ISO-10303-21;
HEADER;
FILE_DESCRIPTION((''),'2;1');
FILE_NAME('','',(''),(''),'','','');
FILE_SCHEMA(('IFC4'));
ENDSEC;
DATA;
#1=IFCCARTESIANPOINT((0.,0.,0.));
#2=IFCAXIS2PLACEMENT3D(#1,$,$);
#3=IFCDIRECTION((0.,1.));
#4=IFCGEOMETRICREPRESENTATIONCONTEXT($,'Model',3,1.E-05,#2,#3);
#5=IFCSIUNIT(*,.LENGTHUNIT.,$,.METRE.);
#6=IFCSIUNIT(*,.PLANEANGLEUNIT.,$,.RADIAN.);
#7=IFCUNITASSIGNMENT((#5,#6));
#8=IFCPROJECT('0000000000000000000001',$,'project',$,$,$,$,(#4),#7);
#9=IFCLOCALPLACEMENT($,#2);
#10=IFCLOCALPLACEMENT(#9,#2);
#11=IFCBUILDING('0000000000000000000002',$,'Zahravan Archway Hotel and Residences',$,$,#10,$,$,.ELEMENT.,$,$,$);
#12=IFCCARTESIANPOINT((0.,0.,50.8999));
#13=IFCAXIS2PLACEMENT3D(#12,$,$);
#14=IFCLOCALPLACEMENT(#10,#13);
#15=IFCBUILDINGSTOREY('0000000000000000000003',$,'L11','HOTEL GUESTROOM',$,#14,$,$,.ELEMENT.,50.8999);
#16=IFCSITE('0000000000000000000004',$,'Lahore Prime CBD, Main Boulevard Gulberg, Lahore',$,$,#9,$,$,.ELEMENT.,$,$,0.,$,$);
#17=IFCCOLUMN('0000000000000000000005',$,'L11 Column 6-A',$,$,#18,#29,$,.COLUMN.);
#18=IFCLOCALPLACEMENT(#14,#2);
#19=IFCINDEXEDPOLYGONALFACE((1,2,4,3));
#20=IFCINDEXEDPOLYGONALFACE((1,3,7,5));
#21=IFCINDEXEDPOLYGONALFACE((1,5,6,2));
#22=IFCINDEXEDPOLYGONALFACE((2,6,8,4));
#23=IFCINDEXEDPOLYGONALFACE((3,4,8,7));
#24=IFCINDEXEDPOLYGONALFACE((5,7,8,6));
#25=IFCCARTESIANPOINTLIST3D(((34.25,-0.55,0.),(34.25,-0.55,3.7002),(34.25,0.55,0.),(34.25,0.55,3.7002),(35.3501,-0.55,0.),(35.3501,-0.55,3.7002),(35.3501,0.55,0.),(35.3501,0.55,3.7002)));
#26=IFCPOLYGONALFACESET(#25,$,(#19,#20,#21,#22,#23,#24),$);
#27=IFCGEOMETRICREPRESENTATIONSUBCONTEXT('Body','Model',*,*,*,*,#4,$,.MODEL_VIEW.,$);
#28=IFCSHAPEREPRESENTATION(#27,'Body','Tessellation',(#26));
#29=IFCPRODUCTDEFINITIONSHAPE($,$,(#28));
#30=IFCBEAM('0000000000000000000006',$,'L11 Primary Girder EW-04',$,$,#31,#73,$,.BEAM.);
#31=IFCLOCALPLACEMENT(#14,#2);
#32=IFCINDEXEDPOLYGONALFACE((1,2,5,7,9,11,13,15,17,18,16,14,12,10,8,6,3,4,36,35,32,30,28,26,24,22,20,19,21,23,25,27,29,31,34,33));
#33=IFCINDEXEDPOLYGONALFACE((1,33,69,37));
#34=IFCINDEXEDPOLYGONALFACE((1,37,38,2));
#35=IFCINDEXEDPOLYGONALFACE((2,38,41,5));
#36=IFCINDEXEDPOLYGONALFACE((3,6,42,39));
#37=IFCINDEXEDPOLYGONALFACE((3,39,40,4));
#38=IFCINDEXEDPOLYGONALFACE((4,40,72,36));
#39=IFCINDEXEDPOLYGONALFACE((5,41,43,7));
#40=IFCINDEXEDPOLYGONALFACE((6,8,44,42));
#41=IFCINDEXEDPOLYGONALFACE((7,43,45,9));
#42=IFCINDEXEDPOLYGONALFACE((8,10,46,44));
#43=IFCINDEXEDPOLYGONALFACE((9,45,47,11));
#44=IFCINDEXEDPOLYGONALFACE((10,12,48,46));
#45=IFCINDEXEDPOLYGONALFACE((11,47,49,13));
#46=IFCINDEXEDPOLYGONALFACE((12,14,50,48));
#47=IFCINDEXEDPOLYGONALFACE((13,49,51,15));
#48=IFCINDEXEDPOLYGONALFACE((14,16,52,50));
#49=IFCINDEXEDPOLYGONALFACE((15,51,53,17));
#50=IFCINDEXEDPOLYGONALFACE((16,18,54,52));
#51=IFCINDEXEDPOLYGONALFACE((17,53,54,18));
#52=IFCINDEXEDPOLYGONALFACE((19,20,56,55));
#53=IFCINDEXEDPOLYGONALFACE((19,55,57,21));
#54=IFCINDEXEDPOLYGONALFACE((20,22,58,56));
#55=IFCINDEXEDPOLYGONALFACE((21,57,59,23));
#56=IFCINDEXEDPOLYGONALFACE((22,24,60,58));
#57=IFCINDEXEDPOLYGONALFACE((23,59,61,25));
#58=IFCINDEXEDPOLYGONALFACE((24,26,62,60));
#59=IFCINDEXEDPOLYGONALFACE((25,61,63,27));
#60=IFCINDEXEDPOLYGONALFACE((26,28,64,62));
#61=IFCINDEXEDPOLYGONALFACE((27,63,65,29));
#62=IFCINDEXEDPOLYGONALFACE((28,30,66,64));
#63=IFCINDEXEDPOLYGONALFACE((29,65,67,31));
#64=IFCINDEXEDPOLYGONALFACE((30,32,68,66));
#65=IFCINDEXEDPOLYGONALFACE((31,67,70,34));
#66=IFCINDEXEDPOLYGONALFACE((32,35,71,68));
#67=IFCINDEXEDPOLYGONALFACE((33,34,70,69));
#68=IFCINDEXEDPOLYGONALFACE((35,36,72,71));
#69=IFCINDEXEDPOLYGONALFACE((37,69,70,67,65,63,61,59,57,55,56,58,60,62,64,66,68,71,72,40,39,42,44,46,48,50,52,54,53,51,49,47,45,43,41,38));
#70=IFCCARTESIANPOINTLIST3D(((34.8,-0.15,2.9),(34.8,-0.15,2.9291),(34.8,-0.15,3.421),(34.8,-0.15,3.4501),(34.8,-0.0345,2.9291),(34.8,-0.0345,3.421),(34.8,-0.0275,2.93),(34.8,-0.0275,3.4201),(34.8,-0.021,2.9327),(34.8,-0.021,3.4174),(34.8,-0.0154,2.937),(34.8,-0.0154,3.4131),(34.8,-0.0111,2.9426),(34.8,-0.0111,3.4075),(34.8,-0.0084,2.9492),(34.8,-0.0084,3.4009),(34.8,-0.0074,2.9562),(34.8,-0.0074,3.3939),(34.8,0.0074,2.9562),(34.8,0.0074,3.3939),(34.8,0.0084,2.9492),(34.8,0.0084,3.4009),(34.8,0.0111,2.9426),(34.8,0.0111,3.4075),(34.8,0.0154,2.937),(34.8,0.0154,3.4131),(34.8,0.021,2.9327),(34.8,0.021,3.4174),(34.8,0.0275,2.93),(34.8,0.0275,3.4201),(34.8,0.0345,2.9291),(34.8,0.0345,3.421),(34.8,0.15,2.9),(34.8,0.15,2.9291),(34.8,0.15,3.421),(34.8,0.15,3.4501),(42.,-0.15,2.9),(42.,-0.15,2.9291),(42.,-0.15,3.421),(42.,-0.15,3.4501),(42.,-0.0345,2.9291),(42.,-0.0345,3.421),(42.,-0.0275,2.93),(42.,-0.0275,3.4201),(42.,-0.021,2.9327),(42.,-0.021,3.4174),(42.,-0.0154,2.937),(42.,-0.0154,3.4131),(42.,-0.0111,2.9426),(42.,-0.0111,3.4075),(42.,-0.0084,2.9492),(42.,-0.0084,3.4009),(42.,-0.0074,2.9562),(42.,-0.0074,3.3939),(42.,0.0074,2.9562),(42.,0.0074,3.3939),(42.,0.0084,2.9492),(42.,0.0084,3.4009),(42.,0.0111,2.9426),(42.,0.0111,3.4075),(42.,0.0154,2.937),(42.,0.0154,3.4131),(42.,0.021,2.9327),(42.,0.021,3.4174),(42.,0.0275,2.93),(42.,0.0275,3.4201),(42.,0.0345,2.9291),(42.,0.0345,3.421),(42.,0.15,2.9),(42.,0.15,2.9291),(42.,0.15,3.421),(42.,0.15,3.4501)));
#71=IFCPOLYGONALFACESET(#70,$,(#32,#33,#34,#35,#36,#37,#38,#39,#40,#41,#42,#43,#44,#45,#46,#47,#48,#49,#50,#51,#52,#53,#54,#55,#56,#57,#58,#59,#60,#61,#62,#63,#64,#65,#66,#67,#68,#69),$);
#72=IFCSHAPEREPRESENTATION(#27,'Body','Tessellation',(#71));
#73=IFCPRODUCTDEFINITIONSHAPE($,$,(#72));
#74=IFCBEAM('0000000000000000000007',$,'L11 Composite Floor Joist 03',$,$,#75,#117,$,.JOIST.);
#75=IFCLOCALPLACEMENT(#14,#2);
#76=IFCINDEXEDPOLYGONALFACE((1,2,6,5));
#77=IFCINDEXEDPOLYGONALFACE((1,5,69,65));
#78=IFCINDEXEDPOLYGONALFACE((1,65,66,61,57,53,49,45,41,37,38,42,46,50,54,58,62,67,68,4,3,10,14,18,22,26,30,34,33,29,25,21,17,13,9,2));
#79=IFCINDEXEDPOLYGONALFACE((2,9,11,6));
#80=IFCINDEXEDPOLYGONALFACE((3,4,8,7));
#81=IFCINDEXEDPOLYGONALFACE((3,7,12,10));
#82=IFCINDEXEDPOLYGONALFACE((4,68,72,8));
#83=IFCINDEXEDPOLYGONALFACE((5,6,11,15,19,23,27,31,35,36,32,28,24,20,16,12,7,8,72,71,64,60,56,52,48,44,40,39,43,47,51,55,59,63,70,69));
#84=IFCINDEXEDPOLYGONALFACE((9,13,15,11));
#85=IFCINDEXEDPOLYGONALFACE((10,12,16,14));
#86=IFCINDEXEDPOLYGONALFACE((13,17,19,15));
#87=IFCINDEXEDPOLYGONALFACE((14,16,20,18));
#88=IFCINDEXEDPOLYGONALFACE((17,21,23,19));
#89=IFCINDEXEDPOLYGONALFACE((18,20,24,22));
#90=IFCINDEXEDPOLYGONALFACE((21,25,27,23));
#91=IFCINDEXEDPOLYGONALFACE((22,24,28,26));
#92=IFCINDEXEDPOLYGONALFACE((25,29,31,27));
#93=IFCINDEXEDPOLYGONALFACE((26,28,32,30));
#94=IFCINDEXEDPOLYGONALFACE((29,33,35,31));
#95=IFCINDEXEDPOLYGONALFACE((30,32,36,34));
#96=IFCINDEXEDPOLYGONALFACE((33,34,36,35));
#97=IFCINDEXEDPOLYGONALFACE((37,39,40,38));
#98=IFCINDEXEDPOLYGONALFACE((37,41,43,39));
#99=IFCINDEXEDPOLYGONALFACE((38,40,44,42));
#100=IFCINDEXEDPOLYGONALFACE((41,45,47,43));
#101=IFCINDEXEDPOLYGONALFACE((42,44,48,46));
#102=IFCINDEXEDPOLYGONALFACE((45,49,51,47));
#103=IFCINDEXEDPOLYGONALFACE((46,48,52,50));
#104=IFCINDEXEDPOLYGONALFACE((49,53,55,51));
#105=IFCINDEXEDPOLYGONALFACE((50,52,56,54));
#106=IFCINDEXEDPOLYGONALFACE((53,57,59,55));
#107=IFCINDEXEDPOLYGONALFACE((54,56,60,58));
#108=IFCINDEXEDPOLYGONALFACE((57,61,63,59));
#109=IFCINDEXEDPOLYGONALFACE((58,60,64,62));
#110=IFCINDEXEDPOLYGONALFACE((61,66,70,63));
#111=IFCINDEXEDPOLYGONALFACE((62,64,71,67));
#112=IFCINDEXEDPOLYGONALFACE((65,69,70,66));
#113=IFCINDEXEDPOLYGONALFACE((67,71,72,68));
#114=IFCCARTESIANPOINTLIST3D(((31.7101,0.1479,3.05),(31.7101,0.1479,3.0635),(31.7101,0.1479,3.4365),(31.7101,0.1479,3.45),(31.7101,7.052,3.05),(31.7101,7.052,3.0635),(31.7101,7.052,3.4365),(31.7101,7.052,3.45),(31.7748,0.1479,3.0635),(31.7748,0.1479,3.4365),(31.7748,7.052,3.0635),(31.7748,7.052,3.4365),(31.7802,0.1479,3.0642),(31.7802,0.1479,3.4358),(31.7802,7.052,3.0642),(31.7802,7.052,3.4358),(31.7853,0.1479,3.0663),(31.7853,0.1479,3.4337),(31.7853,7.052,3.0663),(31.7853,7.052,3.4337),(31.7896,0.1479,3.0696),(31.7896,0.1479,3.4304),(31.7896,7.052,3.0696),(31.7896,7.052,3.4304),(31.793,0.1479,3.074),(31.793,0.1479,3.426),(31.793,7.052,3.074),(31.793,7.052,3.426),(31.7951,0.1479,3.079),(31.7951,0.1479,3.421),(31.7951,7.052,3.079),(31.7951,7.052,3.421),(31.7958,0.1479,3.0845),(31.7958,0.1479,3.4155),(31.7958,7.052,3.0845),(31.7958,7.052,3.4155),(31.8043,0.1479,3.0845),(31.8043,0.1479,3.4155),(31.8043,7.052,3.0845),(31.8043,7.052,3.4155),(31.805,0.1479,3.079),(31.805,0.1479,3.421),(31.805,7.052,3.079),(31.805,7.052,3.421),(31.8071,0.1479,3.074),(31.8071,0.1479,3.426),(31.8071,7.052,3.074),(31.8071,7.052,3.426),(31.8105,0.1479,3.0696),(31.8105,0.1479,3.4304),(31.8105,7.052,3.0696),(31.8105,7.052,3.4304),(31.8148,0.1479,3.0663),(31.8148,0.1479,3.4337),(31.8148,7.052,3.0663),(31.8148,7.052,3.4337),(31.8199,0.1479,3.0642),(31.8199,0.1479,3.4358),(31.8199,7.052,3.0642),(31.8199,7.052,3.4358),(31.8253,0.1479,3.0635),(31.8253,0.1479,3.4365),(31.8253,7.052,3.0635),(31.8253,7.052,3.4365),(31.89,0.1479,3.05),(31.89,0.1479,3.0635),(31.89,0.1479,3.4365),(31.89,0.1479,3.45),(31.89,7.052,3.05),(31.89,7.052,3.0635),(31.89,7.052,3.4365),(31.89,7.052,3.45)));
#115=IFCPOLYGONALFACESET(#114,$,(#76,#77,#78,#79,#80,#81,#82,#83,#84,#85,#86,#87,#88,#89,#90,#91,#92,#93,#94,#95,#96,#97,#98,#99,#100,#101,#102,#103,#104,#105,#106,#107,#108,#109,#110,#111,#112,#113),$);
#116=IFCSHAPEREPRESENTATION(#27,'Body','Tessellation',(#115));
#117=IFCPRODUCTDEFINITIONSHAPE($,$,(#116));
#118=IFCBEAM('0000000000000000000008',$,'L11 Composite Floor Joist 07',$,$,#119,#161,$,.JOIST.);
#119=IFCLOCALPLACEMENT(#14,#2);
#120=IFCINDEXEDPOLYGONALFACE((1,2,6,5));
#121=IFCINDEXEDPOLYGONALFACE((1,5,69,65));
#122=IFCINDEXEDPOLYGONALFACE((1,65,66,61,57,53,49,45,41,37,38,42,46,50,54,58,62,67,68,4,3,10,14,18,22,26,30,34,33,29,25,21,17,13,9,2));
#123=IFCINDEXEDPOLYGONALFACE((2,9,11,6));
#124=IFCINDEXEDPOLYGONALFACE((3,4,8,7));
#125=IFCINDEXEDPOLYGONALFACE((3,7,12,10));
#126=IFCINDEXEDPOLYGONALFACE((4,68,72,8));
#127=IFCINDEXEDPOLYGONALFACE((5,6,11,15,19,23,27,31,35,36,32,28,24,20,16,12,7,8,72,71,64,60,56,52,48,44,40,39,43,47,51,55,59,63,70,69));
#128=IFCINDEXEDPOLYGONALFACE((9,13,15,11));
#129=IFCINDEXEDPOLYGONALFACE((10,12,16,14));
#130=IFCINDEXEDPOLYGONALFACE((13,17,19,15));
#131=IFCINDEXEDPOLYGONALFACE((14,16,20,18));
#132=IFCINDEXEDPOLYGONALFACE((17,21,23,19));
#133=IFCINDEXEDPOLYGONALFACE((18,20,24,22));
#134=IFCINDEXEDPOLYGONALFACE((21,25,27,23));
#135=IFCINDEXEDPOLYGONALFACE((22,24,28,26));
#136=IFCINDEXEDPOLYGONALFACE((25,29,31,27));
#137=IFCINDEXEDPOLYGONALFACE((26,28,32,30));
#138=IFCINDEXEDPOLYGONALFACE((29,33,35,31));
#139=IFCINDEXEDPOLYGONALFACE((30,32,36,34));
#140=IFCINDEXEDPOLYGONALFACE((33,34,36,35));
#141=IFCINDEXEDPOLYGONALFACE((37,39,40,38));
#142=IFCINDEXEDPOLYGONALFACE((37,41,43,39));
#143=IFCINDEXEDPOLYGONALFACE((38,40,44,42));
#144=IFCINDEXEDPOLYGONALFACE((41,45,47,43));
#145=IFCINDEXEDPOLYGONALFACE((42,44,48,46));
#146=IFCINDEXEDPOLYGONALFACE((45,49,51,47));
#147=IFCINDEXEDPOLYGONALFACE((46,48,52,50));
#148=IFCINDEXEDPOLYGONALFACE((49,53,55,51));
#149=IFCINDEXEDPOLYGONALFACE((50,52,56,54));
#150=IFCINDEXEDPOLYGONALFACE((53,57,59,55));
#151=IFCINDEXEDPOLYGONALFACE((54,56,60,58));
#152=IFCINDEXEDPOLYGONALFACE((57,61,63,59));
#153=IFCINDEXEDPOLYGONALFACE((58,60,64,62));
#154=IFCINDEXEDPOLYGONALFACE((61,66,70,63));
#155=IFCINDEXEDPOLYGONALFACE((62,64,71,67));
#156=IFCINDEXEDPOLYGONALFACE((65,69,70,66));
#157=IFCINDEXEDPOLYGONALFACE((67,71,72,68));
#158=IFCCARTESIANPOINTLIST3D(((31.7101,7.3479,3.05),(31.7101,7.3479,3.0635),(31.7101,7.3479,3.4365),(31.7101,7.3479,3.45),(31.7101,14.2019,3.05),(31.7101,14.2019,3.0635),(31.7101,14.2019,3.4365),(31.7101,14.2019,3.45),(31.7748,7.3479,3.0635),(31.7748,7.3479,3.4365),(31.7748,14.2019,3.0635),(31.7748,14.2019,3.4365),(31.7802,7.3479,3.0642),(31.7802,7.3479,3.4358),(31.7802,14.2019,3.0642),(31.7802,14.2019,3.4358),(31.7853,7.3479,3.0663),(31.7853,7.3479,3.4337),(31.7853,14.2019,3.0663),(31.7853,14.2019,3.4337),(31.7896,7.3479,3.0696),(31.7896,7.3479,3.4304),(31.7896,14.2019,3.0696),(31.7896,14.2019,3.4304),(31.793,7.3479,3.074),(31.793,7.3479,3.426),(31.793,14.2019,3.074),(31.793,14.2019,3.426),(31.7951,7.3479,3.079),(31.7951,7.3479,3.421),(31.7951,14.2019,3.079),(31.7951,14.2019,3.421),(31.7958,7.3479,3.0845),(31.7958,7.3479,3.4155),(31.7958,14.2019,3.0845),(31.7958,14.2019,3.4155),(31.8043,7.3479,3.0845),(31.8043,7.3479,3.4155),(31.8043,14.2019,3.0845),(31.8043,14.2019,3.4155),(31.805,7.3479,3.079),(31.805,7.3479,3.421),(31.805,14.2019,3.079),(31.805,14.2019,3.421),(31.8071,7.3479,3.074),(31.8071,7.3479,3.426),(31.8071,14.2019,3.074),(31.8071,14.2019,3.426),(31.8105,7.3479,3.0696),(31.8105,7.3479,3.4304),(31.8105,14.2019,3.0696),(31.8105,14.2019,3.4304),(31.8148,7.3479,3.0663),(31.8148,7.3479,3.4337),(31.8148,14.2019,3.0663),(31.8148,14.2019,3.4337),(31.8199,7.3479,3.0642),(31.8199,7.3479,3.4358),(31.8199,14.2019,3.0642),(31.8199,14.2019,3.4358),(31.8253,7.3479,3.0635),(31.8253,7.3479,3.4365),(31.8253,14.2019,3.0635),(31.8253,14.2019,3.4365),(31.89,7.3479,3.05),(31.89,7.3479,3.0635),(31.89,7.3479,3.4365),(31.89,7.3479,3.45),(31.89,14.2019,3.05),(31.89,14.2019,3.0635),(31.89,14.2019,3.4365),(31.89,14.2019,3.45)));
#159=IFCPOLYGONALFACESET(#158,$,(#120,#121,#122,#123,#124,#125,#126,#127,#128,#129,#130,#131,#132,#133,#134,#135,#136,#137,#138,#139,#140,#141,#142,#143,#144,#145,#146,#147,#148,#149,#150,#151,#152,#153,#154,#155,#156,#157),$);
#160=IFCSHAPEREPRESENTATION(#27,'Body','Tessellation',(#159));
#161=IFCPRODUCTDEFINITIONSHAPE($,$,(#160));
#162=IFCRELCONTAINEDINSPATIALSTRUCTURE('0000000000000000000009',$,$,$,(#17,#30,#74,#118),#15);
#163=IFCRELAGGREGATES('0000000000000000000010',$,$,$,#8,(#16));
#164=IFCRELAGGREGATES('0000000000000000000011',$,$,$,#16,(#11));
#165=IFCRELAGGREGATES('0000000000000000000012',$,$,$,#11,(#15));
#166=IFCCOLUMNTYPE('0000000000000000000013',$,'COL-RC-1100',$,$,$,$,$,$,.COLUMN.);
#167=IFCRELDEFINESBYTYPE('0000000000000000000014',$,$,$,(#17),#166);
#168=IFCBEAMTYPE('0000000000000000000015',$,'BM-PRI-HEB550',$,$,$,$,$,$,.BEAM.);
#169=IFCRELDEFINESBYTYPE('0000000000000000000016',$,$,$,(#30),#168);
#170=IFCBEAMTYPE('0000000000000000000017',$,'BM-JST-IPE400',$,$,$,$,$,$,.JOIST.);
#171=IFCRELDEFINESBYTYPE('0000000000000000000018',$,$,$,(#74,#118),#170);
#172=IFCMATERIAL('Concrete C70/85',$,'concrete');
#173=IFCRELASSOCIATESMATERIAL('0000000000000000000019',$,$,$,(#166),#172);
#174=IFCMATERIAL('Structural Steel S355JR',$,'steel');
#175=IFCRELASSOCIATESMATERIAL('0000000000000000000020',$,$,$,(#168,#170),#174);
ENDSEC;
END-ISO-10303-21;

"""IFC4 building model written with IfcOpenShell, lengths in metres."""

from ifc_helpers import new_model, si_unit, direction, frame, origin, origin_2d, place, context, subcontext, project, spatial, rectangle, i_section, extrude, source, transform, mapped, material, material_profile, profile_set, type_object, type_shapes, element, save


model = new_model("IFC4")

# Units and contexts
model_context = context("Model", 3, precision=1e-05, world=origin(), true_north=direction((0.0, 1.0)))
body_context = subcontext(model_context, "Body", "Model", "MODEL_VIEW")
ifc_project = project(units=[si_unit("LENGTHUNIT", "METRE"), si_unit("PLANEANGLEUNIT", "RADIAN")], contexts=[model_context])

# Site, building, storey
site_placement = place(None, origin())
site = spatial("IfcSite", under=ifc_project, at=site_placement, Name="Lahore Prime CBD, Main Boulevard Gulberg, Lahore", CompositionType="ELEMENT", RefElevation=0.0)
building_placement = place(site_placement, origin())
building = spatial("IfcBuilding", under=site, at=building_placement, Name="Zahravan Archway Hotel and Residences", CompositionType="ELEMENT")
storey_placement = place(building_placement, frame((0.0, 0.0, 50.8999)))
storey = spatial("IfcBuildingStorey", under=building, at=storey_placement, Name="L11", Description="HOTEL GUESTROOM", CompositionType="ELEMENT", Elevation=50.8999)

# Column
ifc_material_1 = material(Name="Concrete C70/85", Category="concrete")
ifc_material_profile_1 = material_profile(ifc_material_1, rectangle(XDim=1.1001, YDim=1.1001, at=origin_2d()), Name="RC 1100x1100", Category="concrete")
ifc_profile_set_1 = profile_set([ifc_material_profile_1], Name="Concrete C70/85")
column_type = type_object("IfcColumnType", Name="COL-RC-1100", PredefinedType="COLUMN", material=ifc_profile_set_1)
shared_shape_1 = source(origin(), body_context, "Body", "SweptSolid", [
    extrude(rectangle(XDim=1.1001, YDim=1.1001, at=origin_2d()), origin(), (0.0, 0.0, 1.0), 3.7002),
])
column_placement = place(storey_placement, frame((34.8, 0.0, 0.0), z_axis=(0.0, 0.0, 1.0), x_axis=(1.0, 0.0, 0.0)))
element("IfcColumn", 1, at=column_placement, inside=storey, type_object=column_type, Name="L11 Column 6-A", PredefinedType="COLUMN", context=body_context, shape_type="MappedRepresentation", body=[
    mapped(shared_shape_1, transform((0.0, 0.0, 0.0), scale=1.0)),
])

# Beams
ifc_material_2 = material(Name="Structural Steel S355JR", Category="steel")
ifc_material_profile_2 = material_profile(ifc_material_2, i_section(OverallWidth=0.3, OverallDepth=0.55, WebThickness=0.0149, FlangeThickness=0.0291, FilletRadius=0.0271, at=origin_2d()), Name="HEB 550", Category="steel")
ifc_profile_set_2 = profile_set([ifc_material_profile_2], Name="Structural Steel S355JR")
beam_type_1 = type_object("IfcBeamType", Name="BM-PRI-HEB550", PredefinedType="BEAM", material=ifc_profile_set_2)
shared_shape_2 = source(origin(), body_context, "Body", "SweptSolid", [
    extrude(i_section(OverallWidth=0.3, OverallDepth=0.55, WebThickness=0.0149, FlangeThickness=0.0291, FilletRadius=0.0271, at=origin_2d()), origin(), (0.0, 0.0, 1.0), 7.2),
])
beam_1_placement = place(storey_placement, frame((34.8, 0.0, 3.175), z_axis=(1.0, 0.0, 0.0), x_axis=(0.0, 1.0, 0.0)))
element("IfcBeam", 2, at=beam_1_placement, inside=storey, type_object=beam_type_1, Name="L11 Primary Girder EW-04", PredefinedType="BEAM", context=body_context, shape_type="MappedRepresentation", body=[
    mapped(shared_shape_2, transform((0.0, 0.0, 0.0), scale=1.0)),
])
ifc_material_profile_3 = material_profile(ifc_material_2, i_section(OverallWidth=0.1799, OverallDepth=0.3999, WebThickness=0.0085, FlangeThickness=0.0134, FilletRadius=0.021, at=origin_2d()), Name="IPE 400", Category="steel")
ifc_profile_set_3 = profile_set([ifc_material_profile_3], Name="Structural Steel S355JR")
beam_type_2 = type_object("IfcBeamType", Name="BM-JST-IPE400", PredefinedType="JOIST", material=ifc_profile_set_3)
shared_shape_3 = source(origin(), body_context, "Body", "SweptSolid", [
    extrude(i_section(OverallWidth=0.1799, OverallDepth=0.3999, WebThickness=0.0085, FlangeThickness=0.0134, FilletRadius=0.021, at=origin_2d()), origin(), (0.0, 0.0, 1.0), 6.9041),
])
type_shapes(beam_type_2, [shared_shape_3])
beam_2_placement = place(storey_placement, frame((31.8, 0.1479, 3.25), z_axis=(0.0, 1.0, 0.0), x_axis=(-1.0, 0.0, 0.0)))
element("IfcBeam", 3, at=beam_2_placement, inside=storey, type_object=beam_type_2, Name="L11 Composite Floor Joist 03", PredefinedType="JOIST", context=body_context, shape_type="MappedRepresentation", body=[
    mapped(shared_shape_3, transform((0.0, 0.0, 0.0), scale=1.0)),
])
shared_shape_4 = source(origin(), body_context, "Body", "SweptSolid", [
    extrude(i_section(OverallWidth=0.1799, OverallDepth=0.3999, WebThickness=0.0085, FlangeThickness=0.0134, FilletRadius=0.021, at=origin_2d()), origin(), (0.0, 0.0, 1.0), 6.854),
])
beam_3_placement = place(storey_placement, frame((31.8, 7.3479, 3.25), z_axis=(0.0, 1.0, 0.0), x_axis=(-1.0, 0.0, 0.0)))
element("IfcBeam", 4, at=beam_3_placement, inside=storey, type_object=beam_type_2, Name="L11 Composite Floor Joist 07", PredefinedType="JOIST", context=body_context, shape_type="MappedRepresentation", body=[
    mapped(shared_shape_4, transform((0.0, 0.0, 0.0), scale=1.0)),
])

save(model, "model.ifc")
